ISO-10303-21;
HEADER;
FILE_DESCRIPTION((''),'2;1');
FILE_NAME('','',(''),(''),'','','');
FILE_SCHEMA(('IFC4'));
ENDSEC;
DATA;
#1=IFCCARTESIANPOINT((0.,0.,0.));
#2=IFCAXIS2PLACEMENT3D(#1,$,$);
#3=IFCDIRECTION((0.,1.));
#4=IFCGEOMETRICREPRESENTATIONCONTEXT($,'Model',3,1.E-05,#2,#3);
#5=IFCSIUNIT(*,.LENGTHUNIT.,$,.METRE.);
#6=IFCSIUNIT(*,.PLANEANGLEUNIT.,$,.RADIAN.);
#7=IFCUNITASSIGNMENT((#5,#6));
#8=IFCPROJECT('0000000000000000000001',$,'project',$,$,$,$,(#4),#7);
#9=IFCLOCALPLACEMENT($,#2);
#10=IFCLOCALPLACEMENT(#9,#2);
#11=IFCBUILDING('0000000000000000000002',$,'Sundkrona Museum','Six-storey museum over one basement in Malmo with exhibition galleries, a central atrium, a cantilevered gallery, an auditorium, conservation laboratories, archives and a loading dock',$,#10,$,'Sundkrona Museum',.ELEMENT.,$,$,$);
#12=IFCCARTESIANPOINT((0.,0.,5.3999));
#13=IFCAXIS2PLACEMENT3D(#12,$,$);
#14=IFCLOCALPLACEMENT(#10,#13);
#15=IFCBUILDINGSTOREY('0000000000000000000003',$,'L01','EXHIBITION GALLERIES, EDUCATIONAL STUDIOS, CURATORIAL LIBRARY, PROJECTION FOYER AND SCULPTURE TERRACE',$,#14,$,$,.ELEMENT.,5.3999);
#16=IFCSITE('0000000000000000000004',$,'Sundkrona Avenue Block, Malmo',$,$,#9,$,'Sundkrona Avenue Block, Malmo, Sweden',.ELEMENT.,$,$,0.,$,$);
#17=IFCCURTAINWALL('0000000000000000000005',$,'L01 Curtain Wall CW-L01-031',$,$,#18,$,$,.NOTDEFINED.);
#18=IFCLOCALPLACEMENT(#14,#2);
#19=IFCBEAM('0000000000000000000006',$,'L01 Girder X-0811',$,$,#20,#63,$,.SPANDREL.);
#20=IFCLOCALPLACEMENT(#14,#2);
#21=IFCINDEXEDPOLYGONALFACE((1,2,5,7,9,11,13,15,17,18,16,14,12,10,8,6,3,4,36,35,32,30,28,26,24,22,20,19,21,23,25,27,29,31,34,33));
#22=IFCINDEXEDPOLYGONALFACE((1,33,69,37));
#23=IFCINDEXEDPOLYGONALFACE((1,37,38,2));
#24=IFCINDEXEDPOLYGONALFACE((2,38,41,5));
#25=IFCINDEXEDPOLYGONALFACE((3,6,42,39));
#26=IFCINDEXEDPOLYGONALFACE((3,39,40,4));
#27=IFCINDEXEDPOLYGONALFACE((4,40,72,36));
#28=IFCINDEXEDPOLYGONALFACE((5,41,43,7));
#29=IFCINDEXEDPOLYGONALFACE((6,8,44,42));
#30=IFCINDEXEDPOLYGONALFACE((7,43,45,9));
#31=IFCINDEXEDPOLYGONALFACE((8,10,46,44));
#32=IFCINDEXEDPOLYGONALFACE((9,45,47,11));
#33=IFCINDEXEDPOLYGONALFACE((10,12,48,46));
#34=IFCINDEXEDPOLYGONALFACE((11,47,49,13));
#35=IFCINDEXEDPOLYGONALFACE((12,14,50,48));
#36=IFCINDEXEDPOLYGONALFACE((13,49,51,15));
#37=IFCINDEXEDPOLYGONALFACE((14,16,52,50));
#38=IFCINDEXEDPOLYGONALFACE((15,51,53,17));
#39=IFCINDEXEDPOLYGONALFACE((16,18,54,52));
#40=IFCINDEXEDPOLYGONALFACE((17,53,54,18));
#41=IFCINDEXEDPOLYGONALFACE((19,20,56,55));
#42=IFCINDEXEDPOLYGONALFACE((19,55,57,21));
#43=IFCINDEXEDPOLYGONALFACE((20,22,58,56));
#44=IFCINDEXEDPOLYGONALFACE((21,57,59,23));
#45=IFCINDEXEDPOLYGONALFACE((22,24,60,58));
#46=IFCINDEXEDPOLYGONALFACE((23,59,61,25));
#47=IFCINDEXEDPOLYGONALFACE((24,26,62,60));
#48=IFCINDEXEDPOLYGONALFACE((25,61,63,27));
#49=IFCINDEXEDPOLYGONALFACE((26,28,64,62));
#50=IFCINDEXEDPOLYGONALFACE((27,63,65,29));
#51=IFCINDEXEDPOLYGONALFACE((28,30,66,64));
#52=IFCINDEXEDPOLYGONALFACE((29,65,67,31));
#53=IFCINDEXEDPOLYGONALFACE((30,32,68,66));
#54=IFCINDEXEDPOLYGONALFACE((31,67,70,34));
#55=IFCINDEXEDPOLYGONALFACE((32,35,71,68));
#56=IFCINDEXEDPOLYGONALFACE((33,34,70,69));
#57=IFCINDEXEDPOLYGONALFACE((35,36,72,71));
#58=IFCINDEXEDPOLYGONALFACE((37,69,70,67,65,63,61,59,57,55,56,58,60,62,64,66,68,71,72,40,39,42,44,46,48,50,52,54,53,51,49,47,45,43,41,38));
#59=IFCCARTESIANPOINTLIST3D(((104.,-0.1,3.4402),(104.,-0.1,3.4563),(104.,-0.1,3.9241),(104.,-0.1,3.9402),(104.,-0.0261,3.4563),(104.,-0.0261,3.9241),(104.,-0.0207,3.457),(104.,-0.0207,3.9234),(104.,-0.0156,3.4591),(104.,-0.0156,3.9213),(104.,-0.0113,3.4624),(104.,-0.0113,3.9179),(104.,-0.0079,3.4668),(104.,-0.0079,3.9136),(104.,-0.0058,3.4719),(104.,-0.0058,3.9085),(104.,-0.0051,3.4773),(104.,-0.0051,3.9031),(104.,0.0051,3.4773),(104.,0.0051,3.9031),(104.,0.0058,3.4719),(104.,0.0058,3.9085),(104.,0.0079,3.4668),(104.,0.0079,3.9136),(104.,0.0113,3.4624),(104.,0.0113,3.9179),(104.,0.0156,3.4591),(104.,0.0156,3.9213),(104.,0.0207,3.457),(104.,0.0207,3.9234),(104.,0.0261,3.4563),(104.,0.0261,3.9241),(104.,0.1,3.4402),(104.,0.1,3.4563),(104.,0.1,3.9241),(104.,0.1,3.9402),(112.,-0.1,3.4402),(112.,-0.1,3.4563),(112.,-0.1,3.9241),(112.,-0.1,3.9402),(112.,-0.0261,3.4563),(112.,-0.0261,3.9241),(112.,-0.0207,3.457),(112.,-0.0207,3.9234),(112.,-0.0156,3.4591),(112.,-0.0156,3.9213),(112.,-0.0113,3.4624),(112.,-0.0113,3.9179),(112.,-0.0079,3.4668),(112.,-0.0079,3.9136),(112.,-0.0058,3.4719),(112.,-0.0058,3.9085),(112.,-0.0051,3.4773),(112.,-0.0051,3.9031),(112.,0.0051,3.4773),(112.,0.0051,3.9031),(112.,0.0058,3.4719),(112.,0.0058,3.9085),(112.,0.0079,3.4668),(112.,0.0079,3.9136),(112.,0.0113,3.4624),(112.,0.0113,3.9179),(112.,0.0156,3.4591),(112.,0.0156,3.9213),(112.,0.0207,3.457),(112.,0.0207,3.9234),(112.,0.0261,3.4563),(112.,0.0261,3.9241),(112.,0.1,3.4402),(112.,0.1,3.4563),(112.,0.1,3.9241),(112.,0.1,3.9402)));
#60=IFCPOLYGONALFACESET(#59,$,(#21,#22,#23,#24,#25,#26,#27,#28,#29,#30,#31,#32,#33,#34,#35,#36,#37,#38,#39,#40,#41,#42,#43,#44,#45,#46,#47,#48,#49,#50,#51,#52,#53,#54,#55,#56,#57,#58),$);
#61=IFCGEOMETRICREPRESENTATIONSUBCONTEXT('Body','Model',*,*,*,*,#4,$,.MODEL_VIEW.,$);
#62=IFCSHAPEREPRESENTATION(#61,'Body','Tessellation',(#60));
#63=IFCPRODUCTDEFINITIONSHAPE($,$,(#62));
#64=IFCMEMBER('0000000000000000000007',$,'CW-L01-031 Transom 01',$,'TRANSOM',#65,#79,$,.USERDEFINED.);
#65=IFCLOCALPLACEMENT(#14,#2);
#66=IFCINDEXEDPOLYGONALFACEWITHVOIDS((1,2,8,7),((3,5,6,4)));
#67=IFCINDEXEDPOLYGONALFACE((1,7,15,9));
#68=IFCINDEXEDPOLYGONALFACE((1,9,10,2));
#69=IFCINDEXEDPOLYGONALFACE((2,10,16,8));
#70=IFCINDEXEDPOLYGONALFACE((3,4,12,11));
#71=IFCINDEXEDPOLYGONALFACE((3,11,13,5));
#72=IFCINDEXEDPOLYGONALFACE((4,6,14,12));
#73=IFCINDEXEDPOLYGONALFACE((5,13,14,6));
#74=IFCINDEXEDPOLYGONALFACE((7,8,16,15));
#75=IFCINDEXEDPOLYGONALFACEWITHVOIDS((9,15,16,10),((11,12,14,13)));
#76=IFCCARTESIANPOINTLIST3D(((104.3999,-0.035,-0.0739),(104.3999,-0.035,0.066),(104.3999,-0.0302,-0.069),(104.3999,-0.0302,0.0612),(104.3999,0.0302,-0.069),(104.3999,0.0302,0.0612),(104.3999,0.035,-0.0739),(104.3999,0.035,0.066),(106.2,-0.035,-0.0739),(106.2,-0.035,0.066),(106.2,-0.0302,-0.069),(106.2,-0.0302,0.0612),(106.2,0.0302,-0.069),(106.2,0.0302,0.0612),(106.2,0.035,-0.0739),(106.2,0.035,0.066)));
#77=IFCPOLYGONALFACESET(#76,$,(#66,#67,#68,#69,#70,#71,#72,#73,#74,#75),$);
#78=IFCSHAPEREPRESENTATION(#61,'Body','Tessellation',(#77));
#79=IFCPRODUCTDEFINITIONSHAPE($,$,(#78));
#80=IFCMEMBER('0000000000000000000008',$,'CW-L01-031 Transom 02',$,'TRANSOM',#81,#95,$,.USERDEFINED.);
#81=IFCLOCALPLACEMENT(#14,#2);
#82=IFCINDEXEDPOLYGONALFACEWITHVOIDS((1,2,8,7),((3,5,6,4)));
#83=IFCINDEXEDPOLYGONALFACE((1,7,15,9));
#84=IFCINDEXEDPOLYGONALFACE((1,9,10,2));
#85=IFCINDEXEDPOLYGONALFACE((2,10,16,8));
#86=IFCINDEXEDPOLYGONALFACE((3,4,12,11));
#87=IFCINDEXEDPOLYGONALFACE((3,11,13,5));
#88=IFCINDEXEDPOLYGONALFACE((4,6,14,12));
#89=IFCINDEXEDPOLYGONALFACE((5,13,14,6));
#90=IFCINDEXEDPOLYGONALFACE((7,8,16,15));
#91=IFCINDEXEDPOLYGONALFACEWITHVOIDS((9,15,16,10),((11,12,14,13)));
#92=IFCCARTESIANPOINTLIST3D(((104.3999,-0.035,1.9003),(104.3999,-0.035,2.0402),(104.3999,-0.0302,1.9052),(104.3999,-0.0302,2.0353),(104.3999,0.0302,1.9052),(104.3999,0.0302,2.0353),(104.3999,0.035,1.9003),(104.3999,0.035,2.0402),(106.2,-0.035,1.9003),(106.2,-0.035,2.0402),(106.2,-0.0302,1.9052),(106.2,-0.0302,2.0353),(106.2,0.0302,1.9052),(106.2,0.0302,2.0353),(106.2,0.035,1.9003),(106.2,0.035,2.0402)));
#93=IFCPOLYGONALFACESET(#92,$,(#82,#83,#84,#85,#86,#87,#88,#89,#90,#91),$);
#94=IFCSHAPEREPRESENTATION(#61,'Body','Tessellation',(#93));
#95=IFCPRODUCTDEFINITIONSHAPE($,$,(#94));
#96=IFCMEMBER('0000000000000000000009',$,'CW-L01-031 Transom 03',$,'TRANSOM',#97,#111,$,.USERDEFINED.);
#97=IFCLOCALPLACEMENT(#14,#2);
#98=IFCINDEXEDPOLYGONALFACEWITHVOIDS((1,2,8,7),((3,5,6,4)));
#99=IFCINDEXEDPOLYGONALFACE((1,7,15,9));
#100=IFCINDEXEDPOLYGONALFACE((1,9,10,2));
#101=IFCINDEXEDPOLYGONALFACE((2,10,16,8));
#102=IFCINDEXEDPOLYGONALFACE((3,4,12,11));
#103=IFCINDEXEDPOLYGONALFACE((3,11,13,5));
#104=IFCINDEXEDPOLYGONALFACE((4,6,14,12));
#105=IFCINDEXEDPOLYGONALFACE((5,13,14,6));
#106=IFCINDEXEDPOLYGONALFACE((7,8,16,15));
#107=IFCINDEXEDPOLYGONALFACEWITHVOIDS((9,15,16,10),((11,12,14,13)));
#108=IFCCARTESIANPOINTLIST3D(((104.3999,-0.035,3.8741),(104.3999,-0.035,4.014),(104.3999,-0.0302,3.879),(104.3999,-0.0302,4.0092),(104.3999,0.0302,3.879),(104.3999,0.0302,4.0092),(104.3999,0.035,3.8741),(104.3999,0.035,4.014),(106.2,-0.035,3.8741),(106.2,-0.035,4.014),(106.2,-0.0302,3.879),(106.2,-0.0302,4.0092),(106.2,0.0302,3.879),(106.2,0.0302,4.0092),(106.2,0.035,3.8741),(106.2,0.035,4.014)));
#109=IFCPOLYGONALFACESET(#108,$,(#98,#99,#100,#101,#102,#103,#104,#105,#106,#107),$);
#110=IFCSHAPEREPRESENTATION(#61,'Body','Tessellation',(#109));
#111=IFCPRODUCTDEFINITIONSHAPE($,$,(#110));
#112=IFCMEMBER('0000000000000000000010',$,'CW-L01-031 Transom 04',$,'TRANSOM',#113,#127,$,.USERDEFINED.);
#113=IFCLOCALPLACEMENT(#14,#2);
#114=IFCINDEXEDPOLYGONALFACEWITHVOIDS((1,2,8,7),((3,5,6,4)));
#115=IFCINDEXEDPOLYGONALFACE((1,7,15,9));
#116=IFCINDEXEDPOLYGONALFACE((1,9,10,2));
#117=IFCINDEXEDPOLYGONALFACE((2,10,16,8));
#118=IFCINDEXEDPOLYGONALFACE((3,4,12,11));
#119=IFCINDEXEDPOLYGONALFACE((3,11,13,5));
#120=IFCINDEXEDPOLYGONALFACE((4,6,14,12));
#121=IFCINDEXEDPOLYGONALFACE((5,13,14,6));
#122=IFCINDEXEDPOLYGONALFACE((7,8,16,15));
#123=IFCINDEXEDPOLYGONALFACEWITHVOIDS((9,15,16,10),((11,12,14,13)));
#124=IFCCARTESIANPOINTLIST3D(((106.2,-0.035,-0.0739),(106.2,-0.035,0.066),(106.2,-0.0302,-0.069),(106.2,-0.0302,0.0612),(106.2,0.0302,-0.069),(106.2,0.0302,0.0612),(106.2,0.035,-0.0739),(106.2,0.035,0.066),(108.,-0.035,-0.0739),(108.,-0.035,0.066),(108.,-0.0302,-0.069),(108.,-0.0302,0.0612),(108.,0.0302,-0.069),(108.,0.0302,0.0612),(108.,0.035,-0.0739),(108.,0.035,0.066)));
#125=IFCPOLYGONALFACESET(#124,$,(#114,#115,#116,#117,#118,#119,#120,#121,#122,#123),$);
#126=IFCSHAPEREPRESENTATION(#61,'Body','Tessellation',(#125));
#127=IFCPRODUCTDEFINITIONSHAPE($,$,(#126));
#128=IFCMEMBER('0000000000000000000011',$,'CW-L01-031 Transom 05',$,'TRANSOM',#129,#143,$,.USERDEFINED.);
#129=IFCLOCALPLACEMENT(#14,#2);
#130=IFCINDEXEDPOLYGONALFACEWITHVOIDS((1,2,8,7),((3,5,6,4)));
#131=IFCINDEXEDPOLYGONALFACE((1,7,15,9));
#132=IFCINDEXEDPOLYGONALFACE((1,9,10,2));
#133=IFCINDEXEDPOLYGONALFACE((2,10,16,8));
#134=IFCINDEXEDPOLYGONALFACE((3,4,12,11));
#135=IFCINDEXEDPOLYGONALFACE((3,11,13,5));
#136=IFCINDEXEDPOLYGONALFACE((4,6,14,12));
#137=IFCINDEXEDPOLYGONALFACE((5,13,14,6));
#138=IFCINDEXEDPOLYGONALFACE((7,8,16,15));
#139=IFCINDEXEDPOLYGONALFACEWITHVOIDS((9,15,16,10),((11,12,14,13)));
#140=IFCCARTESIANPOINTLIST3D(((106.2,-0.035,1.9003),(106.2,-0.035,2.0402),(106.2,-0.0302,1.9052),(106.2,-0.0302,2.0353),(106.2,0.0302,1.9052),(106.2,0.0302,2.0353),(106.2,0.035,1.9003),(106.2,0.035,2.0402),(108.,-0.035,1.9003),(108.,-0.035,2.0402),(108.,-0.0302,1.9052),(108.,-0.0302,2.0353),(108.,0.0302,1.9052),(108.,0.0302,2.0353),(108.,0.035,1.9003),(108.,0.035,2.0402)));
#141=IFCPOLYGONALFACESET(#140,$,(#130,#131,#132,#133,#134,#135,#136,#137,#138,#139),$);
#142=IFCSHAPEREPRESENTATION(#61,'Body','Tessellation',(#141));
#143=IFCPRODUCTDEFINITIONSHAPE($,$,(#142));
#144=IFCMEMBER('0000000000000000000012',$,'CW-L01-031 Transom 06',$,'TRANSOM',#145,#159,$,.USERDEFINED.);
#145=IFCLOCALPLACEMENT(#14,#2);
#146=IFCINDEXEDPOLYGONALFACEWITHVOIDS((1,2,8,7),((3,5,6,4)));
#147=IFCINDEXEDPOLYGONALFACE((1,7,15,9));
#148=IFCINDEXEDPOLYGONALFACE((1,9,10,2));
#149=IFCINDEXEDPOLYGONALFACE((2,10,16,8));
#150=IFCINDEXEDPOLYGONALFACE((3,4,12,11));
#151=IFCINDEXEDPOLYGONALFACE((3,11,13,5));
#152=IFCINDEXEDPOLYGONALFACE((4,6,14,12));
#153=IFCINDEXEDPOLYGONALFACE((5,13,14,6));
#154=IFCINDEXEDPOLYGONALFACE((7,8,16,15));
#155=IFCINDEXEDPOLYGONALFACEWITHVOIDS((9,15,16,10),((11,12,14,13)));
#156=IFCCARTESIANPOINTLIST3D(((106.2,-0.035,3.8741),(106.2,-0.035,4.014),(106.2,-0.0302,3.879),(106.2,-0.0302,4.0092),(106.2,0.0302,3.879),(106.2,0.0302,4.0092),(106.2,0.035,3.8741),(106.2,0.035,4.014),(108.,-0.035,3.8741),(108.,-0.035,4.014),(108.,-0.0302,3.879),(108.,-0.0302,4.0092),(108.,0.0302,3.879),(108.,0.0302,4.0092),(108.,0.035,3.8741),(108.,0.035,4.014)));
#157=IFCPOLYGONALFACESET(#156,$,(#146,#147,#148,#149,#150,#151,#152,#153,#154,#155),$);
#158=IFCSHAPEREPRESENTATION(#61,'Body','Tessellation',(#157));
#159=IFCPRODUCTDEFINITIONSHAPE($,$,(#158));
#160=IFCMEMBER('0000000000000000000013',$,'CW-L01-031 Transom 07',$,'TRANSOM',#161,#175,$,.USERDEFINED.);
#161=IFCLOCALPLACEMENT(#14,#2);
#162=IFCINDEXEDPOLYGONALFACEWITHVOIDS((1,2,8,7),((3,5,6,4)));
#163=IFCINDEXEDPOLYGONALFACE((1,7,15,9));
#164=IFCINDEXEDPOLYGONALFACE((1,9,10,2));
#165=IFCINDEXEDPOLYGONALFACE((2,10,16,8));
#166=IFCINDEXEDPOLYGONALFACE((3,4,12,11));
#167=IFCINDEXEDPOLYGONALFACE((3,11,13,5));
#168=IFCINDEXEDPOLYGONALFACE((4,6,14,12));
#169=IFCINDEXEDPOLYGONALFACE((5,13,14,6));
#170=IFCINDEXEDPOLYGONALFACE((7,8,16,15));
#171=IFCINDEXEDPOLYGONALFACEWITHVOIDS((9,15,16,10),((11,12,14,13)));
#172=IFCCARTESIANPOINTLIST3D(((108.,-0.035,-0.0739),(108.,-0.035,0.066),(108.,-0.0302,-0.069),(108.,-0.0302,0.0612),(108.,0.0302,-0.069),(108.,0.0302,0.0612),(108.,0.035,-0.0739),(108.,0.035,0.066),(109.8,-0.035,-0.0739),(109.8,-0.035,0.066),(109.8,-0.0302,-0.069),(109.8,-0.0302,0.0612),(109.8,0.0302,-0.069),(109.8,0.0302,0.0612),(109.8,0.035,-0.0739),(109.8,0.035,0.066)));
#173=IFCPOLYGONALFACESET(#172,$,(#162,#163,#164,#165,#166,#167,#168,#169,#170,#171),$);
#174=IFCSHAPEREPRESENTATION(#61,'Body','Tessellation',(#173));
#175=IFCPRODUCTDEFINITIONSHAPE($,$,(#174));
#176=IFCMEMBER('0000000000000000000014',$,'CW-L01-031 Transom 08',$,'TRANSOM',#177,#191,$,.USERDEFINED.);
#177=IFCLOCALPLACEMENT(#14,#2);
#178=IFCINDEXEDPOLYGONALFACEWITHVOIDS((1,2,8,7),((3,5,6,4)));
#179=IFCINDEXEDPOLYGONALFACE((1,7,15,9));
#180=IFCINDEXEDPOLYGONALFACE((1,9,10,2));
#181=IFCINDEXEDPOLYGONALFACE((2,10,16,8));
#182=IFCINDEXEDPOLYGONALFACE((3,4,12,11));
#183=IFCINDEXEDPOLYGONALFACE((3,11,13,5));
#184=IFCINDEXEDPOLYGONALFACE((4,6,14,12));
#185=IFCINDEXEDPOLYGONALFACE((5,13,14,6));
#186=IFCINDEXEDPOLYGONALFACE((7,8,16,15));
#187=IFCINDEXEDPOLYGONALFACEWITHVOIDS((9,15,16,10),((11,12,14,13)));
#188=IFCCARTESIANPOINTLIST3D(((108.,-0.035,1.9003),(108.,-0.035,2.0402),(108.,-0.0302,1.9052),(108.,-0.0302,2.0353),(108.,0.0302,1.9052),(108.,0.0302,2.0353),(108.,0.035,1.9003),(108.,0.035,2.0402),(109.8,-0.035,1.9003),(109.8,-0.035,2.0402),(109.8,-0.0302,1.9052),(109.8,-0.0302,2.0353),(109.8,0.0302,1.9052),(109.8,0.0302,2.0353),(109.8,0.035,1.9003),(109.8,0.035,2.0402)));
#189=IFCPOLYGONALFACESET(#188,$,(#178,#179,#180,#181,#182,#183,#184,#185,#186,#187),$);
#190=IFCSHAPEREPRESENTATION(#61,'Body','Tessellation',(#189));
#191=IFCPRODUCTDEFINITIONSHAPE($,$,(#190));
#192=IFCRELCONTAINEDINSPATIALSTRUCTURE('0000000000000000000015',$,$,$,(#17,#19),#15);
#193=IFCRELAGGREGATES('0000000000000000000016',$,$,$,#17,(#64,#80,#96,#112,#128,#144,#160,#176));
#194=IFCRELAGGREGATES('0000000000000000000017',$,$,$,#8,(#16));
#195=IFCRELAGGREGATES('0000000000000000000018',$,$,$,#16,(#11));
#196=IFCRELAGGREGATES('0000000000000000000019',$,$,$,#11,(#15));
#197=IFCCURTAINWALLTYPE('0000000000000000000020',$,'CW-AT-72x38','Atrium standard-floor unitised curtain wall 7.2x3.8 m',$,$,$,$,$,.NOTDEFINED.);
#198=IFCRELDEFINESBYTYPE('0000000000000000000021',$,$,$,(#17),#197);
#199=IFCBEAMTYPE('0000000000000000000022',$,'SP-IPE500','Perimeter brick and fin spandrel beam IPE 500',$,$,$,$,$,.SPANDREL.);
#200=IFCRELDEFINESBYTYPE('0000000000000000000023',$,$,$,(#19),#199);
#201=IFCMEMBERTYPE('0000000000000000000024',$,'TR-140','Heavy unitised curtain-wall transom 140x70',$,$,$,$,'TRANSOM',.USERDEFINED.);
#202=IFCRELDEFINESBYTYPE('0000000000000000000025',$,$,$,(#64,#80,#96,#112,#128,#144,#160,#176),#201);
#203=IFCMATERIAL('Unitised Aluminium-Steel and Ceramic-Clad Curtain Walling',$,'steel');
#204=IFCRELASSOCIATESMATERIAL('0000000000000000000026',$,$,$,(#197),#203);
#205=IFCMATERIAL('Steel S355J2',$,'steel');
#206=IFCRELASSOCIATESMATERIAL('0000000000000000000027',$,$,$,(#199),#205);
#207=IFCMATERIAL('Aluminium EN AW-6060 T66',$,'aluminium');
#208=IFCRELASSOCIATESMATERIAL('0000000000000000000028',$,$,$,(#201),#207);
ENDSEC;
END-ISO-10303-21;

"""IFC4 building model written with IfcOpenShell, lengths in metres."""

from ifc_helpers import new_model, si_unit, direction, frame, origin, origin_2d, place, context, subcontext, project, spatial, hollow_rectangle, i_section, extrude, material, material_profile, profile_set, type_object, element, aggregate, save


model = new_model("IFC4")

# Units and contexts
model_context = context("Model", 3, precision=1e-05, world=origin(), true_north=direction((0.0, 1.0)))
body_context = subcontext(model_context, "Body", "Model", "MODEL_VIEW")
ifc_project = project(units=[si_unit("LENGTHUNIT", "METRE"), si_unit("PLANEANGLEUNIT", "RADIAN")], contexts=[model_context])

# Site, building, storey
site_placement = place(None, origin())
site = spatial("IfcSite", under=ifc_project, at=site_placement, Name="Sundkrona Avenue Block, Malmo", LongName="Sundkrona Avenue Block, Malmo, Sweden", CompositionType="ELEMENT", RefElevation=0.0)
building_placement = place(site_placement, origin())
building = spatial("IfcBuilding", under=site, at=building_placement, Name="Sundkrona Museum", Description="Six-storey museum over one basement in Malmo with exhibition galleries, a central atrium, a cantilevered gallery, an auditorium, conservation laboratories, archives and a loading dock", LongName="Sundkrona Museum", CompositionType="ELEMENT")
storey_placement = place(building_placement, frame((0.0, 0.0, 5.3999)))
storey = spatial("IfcBuildingStorey", under=building, at=storey_placement, Name="L01", Description="EXHIBITION GALLERIES, EDUCATIONAL STUDIOS, CURATORIAL LIBRARY, PROJECTION FOYER AND SCULPTURE TERRACE", CompositionType="ELEMENT", Elevation=5.3999)

# Shared definitions
ifc_material_1 = material(Name="Steel S355J2", Category="steel")

# Shared definitions
ifc_material_2 = material(Name="Unitised Aluminium-Steel and Ceramic-Clad Curtain Walling", Category="steel")
curtain_wall_type = type_object("IfcCurtainWallType", Name="CW-AT-72x38", Description="Atrium standard-floor unitised curtain wall 7.2x3.8 m", PredefinedType="NOTDEFINED", material=ifc_material_2)
ifc_material_3 = material(Name="Aluminium EN AW-6060 T66", Category="aluminium")

# Curtain wall
curtain_wall_1_placement = place(storey_placement, origin())
curtain_wall_1 = element("IfcCurtainWall", 1, at=curtain_wall_1_placement, inside=storey, type_object=curtain_wall_type, Name="L01 Curtain Wall CW-L01-031", PredefinedType="NOTDEFINED")

# Beam
ifc_material_profile_1 = material_profile(ifc_material_1, i_section(OverallWidth=0.2, OverallDepth=0.5, WebThickness=0.0103, FlangeThickness=0.0161, FilletRadius=0.021, at=origin_2d()), Name="IPE 500")
ifc_profile_set_1 = profile_set([ifc_material_profile_1], Name="Steel S355J2")
beam_type_1 = type_object("IfcBeamType", Name="SP-IPE500", Description="Perimeter brick and fin spandrel beam IPE 500", PredefinedType="SPANDREL", material=ifc_profile_set_1)
beam_1_placement = place(storey_placement, frame((104.0, 0.0, 3.6902), z_axis=(1.0, 0.0, 0.0), x_axis=(0.0, 1.0, 0.0)))
element("IfcBeam", 2, at=beam_1_placement, inside=storey, type_object=beam_type_1, Name="L01 Girder X-0811", PredefinedType="SPANDREL", context=body_context, shape_type="SweptSolid", body=[
    extrude(i_section(OverallWidth=0.2, OverallDepth=0.5, WebThickness=0.0103, FlangeThickness=0.0161, FilletRadius=0.021, at=origin_2d()), origin(), (0.0, 0.0, 1.0), 8.0),
])

# Members
ifc_material_profile_2 = material_profile(ifc_material_3, hollow_rectangle(XDim=0.0701, YDim=0.1399, WallThickness=0.0049, at=origin_2d()), Name="RHS 140x70x5.0")
ifc_profile_set_2 = profile_set([ifc_material_profile_2], Name="Aluminium EN AW-6060 T66")
member_type_1 = type_object("IfcMemberType", Name="TR-140", Description="Heavy unitised curtain-wall transom 140x70", ElementType="TRANSOM", PredefinedType="USERDEFINED", material=ifc_profile_set_2)
member_1_placement = place(storey_placement, frame((104.3999, 0.0, -0.0039), z_axis=(1.0, 0.0, 0.0), x_axis=(0.0, 1.0, 0.0)))
member_1 = element("IfcMember", 3, at=member_1_placement, type_object=member_type_1, Name="CW-L01-031 Transom 01", ObjectType="TRANSOM", PredefinedType="USERDEFINED", context=body_context, shape_type="SweptSolid", body=[
    extrude(hollow_rectangle(XDim=0.0701, YDim=0.1399, WallThickness=0.0049, at=origin_2d()), origin(), (0.0, 0.0, 1.0), 1.8),
])
member_2_placement = place(storey_placement, frame((104.3999, 0.0, 1.9702), z_axis=(1.0, 0.0, 0.0), x_axis=(0.0, 1.0, 0.0)))
member_2 = element("IfcMember", 4, at=member_2_placement, type_object=member_type_1, Name="CW-L01-031 Transom 02", ObjectType="TRANSOM", PredefinedType="USERDEFINED", context=body_context, shape_type="SweptSolid", body=[
    extrude(hollow_rectangle(XDim=0.0701, YDim=0.1399, WallThickness=0.0049, at=origin_2d()), origin(), (0.0, 0.0, 1.0), 1.8),
])
member_3_placement = place(storey_placement, frame((104.3999, 0.0, 3.9441), z_axis=(1.0, 0.0, 0.0), x_axis=(0.0, 1.0, 0.0)))
member_3 = element("IfcMember", 5, at=member_3_placement, type_object=member_type_1, Name="CW-L01-031 Transom 03", ObjectType="TRANSOM", PredefinedType="USERDEFINED", context=body_context, shape_type="SweptSolid", body=[
    extrude(hollow_rectangle(XDim=0.0701, YDim=0.1399, WallThickness=0.0049, at=origin_2d()), origin(), (0.0, 0.0, 1.0), 1.8),
])
member_4_placement = place(storey_placement, frame((106.2, 0.0, -0.0039), z_axis=(1.0, 0.0, 0.0), x_axis=(0.0, 1.0, 0.0)))
member_4 = element("IfcMember", 6, at=member_4_placement, type_object=member_type_1, Name="CW-L01-031 Transom 04", ObjectType="TRANSOM", PredefinedType="USERDEFINED", context=body_context, shape_type="SweptSolid", body=[
    extrude(hollow_rectangle(XDim=0.0701, YDim=0.1399, WallThickness=0.0049, at=origin_2d()), origin(), (0.0, 0.0, 1.0), 1.8),
])
member_5_placement = place(storey_placement, frame((106.2, 0.0, 1.9702), z_axis=(1.0, 0.0, 0.0), x_axis=(0.0, 1.0, 0.0)))
member_5 = element("IfcMember", 7, at=member_5_placement, type_object=member_type_1, Name="CW-L01-031 Transom 05", ObjectType="TRANSOM", PredefinedType="USERDEFINED", context=body_context, shape_type="SweptSolid", body=[
    extrude(hollow_rectangle(XDim=0.0701, YDim=0.1399, WallThickness=0.0049, at=origin_2d()), origin(), (0.0, 0.0, 1.0), 1.8),
])
member_6_placement = place(storey_placement, frame((106.2, 0.0, 3.9441), z_axis=(1.0, 0.0, 0.0), x_axis=(0.0, 1.0, 0.0)))
member_6 = element("IfcMember", 8, at=member_6_placement, type_object=member_type_1, Name="CW-L01-031 Transom 06", ObjectType="TRANSOM", PredefinedType="USERDEFINED", context=body_context, shape_type="SweptSolid", body=[
    extrude(hollow_rectangle(XDim=0.0701, YDim=0.1399, WallThickness=0.0049, at=origin_2d()), origin(), (0.0, 0.0, 1.0), 1.8),
])
member_7_placement = place(storey_placement, frame((108.0, 0.0, -0.0039), z_axis=(1.0, 0.0, 0.0), x_axis=(0.0, 1.0, 0.0)))
member_7 = element("IfcMember", 9, at=member_7_placement, type_object=member_type_1, Name="CW-L01-031 Transom 07", ObjectType="TRANSOM", PredefinedType="USERDEFINED", context=body_context, shape_type="SweptSolid", body=[
    extrude(hollow_rectangle(XDim=0.0701, YDim=0.1399, WallThickness=0.0049, at=origin_2d()), origin(), (0.0, 0.0, 1.0), 1.8),
])
member_8_placement = place(storey_placement, frame((108.0, 0.0, 1.9702), z_axis=(1.0, 0.0, 0.0), x_axis=(0.0, 1.0, 0.0)))
member_8 = element("IfcMember", 10, at=member_8_placement, type_object=member_type_1, Name="CW-L01-031 Transom 08", ObjectType="TRANSOM", PredefinedType="USERDEFINED", context=body_context, shape_type="SweptSolid", body=[
    extrude(hollow_rectangle(XDim=0.0701, YDim=0.1399, WallThickness=0.0049, at=origin_2d()), origin(), (0.0, 0.0, 1.0), 1.8),
])

aggregate(curtain_wall_1, [member_1, member_2, member_3, member_4, member_5, member_6, member_7, member_8])

save(model, "model.ifc")
